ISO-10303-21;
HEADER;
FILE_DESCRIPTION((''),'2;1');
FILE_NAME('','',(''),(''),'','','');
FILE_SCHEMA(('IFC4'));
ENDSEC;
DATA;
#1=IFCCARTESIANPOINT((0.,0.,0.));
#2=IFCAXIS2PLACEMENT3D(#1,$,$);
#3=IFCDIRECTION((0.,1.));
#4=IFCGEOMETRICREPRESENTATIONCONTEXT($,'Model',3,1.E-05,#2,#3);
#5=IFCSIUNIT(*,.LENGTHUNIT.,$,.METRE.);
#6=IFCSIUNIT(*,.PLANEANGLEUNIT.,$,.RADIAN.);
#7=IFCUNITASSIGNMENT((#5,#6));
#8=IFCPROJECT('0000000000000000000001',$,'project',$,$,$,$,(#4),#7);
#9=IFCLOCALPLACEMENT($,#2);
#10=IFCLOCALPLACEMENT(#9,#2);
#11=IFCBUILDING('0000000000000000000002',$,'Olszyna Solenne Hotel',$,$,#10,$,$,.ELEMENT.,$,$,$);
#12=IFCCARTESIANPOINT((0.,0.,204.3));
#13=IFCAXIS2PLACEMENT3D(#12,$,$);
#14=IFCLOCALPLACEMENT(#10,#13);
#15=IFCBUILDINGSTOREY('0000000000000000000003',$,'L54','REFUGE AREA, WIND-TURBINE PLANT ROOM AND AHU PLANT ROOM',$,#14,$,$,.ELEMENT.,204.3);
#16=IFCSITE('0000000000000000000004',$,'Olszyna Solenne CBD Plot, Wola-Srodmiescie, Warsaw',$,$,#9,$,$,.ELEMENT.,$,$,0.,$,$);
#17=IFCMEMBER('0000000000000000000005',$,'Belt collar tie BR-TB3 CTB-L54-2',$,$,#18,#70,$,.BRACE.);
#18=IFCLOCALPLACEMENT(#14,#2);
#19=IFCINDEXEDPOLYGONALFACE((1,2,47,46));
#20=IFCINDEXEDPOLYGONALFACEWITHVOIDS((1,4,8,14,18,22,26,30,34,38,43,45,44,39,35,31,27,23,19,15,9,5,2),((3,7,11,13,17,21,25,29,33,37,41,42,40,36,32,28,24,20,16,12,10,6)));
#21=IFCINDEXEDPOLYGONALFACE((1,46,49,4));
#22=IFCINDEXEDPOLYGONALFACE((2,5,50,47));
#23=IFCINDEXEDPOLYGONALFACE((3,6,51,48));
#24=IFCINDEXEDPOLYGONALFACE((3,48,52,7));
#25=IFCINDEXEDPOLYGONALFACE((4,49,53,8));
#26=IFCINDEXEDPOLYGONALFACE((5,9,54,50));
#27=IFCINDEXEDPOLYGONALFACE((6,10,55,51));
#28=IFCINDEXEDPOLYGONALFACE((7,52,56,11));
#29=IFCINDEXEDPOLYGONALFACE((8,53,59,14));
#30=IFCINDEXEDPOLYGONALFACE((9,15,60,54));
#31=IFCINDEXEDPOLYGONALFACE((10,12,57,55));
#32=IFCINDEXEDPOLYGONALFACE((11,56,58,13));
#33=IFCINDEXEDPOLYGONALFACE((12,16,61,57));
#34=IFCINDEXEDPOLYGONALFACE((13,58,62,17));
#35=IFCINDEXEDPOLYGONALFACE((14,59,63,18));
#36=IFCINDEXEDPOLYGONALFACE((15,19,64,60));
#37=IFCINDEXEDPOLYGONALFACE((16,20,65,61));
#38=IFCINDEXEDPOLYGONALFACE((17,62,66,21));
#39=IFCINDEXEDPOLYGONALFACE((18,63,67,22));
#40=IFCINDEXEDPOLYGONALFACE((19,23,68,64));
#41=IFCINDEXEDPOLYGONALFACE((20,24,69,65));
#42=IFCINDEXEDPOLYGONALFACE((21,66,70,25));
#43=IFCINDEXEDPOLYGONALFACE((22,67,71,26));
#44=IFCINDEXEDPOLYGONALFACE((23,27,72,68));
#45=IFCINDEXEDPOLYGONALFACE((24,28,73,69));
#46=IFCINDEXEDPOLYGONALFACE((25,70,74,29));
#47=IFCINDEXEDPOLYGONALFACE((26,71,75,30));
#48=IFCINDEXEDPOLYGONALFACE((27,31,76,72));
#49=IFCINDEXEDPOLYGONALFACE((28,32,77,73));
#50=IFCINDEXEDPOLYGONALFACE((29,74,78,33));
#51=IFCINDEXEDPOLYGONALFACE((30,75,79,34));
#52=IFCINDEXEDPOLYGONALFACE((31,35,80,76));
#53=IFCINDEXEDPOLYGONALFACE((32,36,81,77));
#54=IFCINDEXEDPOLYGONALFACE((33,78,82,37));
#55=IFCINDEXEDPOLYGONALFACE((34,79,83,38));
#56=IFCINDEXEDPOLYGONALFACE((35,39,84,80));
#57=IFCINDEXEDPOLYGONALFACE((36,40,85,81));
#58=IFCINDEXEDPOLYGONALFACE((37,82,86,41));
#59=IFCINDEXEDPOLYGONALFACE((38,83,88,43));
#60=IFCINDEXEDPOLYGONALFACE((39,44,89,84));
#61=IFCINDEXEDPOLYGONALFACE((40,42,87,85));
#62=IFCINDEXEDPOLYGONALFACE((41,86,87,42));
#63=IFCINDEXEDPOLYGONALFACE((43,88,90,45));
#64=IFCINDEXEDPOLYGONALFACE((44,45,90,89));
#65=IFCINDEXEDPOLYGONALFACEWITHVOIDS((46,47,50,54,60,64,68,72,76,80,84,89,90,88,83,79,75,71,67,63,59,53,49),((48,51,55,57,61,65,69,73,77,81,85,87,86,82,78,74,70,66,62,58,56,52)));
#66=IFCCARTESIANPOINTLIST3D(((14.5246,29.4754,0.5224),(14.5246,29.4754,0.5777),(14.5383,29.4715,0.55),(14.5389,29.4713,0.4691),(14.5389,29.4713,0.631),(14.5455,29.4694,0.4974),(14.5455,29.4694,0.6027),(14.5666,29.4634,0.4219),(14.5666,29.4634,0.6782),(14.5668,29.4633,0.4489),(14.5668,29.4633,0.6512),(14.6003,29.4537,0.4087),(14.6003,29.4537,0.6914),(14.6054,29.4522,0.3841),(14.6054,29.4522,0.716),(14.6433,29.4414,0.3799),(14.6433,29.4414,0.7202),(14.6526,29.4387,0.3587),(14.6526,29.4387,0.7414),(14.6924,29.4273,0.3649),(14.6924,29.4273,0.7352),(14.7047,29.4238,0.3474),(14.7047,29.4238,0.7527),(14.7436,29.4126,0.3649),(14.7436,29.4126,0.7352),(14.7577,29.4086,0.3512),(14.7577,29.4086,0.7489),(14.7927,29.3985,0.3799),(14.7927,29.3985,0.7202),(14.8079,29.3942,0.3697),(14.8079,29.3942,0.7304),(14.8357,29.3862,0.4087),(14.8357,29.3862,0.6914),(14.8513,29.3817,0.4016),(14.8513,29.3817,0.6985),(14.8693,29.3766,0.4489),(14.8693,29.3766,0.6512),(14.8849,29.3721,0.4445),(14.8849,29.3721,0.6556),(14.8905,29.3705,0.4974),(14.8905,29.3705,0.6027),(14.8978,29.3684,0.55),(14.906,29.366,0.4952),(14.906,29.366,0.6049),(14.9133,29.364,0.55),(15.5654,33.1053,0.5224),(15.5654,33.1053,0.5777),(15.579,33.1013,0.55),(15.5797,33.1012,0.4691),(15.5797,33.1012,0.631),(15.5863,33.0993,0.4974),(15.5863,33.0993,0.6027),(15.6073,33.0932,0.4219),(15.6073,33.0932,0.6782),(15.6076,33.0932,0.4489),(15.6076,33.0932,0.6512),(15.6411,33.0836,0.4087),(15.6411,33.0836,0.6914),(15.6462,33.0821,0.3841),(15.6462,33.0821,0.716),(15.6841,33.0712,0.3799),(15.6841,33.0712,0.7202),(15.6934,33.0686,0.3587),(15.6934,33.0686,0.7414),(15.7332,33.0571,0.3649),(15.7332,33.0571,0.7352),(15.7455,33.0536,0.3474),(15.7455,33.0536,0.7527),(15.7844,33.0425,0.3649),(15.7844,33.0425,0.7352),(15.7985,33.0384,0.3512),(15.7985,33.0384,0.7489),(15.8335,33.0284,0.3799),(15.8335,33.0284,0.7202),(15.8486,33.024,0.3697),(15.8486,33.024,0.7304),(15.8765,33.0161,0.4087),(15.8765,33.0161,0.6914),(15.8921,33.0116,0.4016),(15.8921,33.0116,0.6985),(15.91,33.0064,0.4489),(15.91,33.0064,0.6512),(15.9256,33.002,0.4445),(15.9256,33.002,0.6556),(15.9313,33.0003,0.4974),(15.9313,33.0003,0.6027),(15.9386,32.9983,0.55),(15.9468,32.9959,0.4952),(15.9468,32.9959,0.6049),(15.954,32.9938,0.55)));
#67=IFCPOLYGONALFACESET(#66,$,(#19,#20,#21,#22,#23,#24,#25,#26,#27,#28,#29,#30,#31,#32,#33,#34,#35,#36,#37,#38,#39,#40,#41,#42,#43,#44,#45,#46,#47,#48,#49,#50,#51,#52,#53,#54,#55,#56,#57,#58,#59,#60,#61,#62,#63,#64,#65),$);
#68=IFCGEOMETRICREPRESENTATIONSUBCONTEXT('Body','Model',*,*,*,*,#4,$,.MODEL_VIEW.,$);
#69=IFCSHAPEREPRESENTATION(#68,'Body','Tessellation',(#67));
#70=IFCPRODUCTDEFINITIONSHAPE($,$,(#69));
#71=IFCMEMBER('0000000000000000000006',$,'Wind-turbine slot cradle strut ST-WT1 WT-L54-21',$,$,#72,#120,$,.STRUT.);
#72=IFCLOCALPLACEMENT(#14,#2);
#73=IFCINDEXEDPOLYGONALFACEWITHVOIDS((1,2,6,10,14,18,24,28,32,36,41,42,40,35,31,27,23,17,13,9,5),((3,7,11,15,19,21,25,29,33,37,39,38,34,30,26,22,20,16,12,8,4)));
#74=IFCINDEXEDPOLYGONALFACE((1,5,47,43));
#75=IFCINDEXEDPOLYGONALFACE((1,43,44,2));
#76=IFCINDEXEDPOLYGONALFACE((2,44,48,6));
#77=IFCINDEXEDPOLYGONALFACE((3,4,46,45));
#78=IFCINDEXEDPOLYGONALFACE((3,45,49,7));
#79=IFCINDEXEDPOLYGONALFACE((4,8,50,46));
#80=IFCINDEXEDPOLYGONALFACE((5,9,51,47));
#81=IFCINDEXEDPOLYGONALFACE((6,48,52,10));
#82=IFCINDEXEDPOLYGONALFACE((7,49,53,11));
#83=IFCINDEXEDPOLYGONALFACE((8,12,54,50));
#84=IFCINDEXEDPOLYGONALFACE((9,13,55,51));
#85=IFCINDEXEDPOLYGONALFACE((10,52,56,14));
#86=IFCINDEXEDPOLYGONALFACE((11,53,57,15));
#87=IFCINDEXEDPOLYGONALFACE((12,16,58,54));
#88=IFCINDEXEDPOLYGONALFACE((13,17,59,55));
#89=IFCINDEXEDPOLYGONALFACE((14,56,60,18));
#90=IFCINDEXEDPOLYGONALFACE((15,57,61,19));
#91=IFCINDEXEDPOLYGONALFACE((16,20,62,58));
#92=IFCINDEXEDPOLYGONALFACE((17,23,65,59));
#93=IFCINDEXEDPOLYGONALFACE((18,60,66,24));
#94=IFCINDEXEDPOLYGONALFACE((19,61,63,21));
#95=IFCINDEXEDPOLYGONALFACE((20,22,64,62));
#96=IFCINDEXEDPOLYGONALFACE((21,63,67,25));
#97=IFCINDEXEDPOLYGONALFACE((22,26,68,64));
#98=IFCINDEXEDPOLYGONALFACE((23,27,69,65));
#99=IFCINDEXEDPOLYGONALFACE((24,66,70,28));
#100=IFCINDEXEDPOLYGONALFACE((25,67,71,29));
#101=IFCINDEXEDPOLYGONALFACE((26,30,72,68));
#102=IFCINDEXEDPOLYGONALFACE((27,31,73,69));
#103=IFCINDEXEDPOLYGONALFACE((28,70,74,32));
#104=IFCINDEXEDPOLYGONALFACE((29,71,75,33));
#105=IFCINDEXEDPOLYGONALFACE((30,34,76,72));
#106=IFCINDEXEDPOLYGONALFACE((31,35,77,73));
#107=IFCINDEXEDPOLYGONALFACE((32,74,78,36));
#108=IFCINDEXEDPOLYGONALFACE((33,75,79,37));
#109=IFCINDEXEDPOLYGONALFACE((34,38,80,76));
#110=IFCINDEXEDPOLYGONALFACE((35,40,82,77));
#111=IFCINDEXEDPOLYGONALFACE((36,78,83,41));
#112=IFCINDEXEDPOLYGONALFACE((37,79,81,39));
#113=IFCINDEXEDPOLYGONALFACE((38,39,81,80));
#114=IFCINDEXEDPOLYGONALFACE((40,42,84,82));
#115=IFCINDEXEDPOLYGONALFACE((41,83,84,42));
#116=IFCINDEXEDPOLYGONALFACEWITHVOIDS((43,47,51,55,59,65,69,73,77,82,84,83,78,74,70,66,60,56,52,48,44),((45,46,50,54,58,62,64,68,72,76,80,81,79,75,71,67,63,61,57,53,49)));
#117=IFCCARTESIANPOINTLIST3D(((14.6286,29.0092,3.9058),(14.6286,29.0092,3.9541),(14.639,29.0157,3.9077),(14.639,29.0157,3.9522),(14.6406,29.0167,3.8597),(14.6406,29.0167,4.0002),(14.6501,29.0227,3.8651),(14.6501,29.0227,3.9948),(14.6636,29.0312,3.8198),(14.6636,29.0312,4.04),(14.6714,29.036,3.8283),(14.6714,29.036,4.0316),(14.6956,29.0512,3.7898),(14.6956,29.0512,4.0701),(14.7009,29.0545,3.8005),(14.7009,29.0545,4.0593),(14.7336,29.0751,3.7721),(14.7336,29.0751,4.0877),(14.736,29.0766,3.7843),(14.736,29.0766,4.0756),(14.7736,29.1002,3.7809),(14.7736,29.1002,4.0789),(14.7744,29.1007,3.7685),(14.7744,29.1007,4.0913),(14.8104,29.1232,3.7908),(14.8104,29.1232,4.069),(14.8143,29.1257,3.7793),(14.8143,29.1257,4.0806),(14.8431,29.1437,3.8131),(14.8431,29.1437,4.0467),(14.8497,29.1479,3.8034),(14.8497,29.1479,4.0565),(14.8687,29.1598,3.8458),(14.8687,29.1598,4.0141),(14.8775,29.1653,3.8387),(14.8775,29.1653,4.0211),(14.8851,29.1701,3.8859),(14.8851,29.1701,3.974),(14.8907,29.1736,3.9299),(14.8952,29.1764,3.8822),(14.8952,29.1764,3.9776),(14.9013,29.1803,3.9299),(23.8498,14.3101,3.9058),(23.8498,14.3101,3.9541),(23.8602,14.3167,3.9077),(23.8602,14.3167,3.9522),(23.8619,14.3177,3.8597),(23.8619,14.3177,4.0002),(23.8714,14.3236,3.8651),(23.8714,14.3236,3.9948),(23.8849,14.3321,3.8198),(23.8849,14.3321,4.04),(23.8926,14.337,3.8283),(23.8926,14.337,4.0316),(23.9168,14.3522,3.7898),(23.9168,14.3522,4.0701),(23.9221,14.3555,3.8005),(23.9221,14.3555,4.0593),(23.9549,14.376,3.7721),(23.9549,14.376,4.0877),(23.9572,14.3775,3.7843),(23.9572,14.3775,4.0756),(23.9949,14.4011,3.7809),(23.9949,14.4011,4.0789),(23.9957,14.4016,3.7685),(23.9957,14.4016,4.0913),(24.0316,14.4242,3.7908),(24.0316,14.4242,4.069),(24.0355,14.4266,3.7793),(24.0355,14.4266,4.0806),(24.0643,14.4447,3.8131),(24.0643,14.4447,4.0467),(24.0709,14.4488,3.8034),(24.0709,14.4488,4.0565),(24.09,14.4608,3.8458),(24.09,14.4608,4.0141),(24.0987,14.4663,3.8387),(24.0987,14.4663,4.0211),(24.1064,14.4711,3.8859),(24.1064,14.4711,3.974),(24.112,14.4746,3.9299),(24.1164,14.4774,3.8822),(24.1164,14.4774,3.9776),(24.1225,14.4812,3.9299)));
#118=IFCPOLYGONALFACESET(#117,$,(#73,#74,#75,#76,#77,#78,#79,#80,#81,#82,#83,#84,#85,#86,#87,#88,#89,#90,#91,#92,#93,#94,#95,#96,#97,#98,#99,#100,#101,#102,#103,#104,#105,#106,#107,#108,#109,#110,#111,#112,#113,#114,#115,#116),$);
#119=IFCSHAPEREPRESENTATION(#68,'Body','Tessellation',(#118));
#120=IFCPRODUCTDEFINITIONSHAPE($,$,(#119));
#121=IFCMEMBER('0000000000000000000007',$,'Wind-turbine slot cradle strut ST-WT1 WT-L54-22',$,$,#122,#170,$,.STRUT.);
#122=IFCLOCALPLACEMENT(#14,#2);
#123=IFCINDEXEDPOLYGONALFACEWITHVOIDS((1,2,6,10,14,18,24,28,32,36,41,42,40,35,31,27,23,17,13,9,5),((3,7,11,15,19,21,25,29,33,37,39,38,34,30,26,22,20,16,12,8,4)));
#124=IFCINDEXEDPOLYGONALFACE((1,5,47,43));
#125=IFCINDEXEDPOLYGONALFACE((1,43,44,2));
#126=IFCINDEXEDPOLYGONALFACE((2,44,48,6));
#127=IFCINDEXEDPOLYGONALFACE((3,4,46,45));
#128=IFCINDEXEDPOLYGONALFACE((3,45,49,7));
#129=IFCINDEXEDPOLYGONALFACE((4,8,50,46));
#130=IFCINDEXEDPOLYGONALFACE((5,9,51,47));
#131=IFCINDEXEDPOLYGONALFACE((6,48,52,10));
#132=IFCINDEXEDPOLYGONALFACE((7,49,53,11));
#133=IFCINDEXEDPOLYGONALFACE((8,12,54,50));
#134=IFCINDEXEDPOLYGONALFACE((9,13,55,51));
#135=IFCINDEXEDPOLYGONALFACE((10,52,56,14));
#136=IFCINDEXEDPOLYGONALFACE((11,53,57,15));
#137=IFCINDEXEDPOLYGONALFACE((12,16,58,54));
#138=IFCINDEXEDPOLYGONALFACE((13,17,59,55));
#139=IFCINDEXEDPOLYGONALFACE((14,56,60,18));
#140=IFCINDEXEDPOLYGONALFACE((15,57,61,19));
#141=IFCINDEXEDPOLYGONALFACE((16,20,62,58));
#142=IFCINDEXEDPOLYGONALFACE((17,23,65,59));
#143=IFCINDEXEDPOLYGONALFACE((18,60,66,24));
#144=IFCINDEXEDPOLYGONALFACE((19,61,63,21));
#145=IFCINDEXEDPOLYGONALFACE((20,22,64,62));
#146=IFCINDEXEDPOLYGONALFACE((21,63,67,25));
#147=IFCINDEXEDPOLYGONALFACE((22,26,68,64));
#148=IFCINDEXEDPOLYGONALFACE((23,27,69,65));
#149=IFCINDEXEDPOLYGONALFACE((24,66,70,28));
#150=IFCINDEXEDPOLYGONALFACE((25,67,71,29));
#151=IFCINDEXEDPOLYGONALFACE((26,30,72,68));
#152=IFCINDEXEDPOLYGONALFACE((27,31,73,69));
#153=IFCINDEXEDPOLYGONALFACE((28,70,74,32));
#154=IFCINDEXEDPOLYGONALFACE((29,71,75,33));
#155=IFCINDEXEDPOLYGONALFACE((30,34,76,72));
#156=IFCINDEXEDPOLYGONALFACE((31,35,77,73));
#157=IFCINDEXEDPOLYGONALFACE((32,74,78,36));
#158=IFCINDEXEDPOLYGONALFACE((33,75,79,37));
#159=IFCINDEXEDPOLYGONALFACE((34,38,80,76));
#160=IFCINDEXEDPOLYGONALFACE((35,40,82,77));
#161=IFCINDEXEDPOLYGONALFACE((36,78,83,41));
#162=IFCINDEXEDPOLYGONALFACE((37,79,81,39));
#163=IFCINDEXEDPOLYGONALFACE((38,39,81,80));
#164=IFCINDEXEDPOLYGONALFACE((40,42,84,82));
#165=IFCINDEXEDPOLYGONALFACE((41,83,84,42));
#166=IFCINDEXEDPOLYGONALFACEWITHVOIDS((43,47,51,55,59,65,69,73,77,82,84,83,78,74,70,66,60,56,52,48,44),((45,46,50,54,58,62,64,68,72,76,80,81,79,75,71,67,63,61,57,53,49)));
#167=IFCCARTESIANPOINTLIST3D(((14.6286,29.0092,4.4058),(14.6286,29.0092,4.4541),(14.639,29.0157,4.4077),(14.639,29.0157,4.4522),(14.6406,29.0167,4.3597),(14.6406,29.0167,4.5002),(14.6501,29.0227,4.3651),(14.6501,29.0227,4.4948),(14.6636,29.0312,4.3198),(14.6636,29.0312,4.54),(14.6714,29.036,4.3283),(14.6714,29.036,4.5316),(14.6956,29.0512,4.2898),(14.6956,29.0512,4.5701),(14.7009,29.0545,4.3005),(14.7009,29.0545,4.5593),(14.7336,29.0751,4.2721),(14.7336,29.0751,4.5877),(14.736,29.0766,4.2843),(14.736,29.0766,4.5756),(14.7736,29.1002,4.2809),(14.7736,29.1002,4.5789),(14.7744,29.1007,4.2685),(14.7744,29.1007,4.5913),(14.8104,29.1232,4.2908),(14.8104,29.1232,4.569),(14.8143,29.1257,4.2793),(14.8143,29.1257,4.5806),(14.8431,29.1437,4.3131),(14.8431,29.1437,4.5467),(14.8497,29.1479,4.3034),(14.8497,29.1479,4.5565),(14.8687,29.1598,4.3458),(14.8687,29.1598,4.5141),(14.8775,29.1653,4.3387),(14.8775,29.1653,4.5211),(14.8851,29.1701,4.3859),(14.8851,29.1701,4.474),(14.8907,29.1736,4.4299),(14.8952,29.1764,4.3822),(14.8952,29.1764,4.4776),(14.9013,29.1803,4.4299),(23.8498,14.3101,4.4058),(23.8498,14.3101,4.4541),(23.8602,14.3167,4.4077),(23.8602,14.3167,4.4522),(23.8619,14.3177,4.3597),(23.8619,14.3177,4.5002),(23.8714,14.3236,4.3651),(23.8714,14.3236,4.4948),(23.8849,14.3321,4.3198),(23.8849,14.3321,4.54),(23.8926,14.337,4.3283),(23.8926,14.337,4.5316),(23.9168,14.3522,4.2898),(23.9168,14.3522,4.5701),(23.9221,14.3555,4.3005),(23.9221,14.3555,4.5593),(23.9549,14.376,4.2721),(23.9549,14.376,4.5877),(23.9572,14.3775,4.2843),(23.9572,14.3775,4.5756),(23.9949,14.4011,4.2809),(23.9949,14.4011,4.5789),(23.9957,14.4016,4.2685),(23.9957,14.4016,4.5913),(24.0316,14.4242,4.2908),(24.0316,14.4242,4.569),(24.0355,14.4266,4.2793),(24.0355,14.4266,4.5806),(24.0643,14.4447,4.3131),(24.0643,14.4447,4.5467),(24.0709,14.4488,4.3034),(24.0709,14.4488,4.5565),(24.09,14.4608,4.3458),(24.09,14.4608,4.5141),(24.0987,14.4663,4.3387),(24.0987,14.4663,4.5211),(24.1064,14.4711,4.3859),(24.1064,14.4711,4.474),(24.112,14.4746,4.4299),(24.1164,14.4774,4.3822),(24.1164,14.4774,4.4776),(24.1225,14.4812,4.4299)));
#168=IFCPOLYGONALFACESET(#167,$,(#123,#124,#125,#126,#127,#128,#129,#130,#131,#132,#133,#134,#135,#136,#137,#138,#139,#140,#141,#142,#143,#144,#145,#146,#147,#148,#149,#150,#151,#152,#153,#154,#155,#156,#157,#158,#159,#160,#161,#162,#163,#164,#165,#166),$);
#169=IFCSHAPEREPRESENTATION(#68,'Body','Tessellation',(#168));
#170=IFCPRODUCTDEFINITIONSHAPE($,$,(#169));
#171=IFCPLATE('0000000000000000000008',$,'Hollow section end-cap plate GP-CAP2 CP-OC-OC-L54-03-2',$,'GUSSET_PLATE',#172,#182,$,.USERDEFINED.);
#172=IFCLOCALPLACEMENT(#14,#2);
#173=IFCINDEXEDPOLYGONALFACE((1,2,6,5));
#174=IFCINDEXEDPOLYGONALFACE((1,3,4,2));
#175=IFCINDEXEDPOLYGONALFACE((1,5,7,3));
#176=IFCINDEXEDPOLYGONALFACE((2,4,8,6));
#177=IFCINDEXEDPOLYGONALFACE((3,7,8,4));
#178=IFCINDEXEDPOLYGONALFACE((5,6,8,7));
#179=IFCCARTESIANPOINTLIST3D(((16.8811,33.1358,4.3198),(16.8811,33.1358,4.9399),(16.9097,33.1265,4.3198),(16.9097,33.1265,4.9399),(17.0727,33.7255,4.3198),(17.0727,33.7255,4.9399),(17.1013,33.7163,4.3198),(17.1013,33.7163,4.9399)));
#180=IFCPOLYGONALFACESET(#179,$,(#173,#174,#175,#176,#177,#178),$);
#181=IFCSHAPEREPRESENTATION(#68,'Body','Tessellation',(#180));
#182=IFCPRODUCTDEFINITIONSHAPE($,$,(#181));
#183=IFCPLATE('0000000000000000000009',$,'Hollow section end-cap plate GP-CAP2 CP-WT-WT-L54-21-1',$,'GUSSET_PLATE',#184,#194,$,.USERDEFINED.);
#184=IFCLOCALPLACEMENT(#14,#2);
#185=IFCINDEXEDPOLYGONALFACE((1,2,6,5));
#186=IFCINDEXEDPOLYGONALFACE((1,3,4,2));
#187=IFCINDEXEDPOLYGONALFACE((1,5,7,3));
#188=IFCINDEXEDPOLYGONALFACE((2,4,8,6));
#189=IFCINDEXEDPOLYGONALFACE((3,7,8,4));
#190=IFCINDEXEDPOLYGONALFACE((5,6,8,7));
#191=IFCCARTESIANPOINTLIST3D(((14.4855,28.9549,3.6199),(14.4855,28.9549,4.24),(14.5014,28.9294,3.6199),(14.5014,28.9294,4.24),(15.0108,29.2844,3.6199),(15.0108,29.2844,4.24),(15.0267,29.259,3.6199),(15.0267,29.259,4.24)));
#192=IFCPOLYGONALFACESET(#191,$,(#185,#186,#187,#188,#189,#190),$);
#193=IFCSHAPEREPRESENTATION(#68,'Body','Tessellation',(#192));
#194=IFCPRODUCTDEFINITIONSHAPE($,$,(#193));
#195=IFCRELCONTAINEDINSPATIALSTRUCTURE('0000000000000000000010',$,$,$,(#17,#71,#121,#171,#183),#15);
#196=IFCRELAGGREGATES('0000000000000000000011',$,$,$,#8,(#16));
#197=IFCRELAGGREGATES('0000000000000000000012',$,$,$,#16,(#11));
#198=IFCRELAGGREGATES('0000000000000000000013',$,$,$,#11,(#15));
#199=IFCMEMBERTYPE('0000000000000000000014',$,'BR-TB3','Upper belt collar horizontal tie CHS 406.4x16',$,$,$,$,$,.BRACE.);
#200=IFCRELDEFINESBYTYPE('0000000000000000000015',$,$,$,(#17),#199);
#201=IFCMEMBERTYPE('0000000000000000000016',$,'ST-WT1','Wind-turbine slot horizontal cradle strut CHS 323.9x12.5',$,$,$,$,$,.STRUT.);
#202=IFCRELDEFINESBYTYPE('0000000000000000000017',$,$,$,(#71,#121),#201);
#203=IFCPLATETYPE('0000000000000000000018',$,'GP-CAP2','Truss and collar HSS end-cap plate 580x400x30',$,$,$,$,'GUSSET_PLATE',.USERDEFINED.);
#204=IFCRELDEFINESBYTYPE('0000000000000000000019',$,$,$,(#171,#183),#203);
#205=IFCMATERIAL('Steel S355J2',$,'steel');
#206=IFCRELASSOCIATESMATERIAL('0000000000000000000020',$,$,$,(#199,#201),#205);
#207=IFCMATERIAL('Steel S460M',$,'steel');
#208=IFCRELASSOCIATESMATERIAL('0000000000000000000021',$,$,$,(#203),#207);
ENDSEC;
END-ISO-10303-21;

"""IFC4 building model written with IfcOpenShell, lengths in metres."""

from ifc_helpers import new_model, si_unit, direction, frame, origin, origin_2d, place, context, subcontext, project, spatial, rectangle, hollow_circle, extrude, source, transform, mapped, material, material_profile, profile_set, type_object, element, save


model = new_model("IFC4")

# Units and contexts
model_context = context("Model", 3, precision=1e-05, world=origin(), true_north=direction((0.0, 1.0)))
body_context = subcontext(model_context, "Body", "Model", "MODEL_VIEW")
ifc_project = project(units=[si_unit("LENGTHUNIT", "METRE"), si_unit("PLANEANGLEUNIT", "RADIAN")], contexts=[model_context])

# Site, building, storey
site_placement = place(None, origin())
site = spatial("IfcSite", under=ifc_project, at=site_placement, Name="Olszyna Solenne CBD Plot, Wola-Srodmiescie, Warsaw", CompositionType="ELEMENT", RefElevation=0.0)
building_placement = place(site_placement, origin())
building = spatial("IfcBuilding", under=site, at=building_placement, Name="Olszyna Solenne Hotel", CompositionType="ELEMENT")
storey_placement = place(building_placement, frame((0.0, 0.0, 204.3)))
storey = spatial("IfcBuildingStorey", under=building, at=storey_placement, Name="L54", Description="REFUGE AREA, WIND-TURBINE PLANT ROOM AND AHU PLANT ROOM", CompositionType="ELEMENT", Elevation=204.3)

# Shared definitions
ifc_material_1 = material(Name="Steel S460M", Category="steel")

# Shared definitions
ifc_material_2 = material(Name="Steel S355J2", Category="steel")

# Members
ifc_material_profile_1 = material_profile(ifc_material_2, hollow_circle(Radius=0.2031, WallThickness=0.0161, at=origin_2d()), Name="CHS 406.4x16", Category="load-bearing")
ifc_profile_set_1 = profile_set([ifc_material_profile_1], Name="Steel S355J2")
member_type_1 = type_object("IfcMemberType", Name="BR-TB3", Description="Upper belt collar horizontal tie CHS 406.4x16", PredefinedType="BRACE", material=ifc_profile_set_1)
shared_shape_1 = source(origin(), body_context, "Body", "SweptSolid", [
    extrude(hollow_circle(Radius=0.2031, WallThickness=0.0161, at=origin_2d()), origin(), (0.0, 0.0, 1.0), 3.7761),
])
member_1_placement = place(storey_placement, frame((15.7588, 33.0498, 0.55), z_axis=(-0.275618, -0.961267, 0.0), x_axis=(0.961267, -0.275618, 0.0)))
element("IfcMember", 1, at=member_1_placement, inside=storey, type_object=member_type_1, Name="Belt collar tie BR-TB3 CTB-L54-2", PredefinedType="BRACE", context=body_context, shape_type="MappedRepresentation", body=[
    mapped(shared_shape_1, transform((0.0, 0.0, 0.0), x_axis=(1.0, 0.0, 0.0), y_axis=(0.0, 1.0, 0.0), z_axis=(0.0, 0.0, 1.0), scale=1.0)),
])
ifc_material_profile_2 = material_profile(ifc_material_2, hollow_circle(Radius=0.1619, WallThickness=0.0125, at=origin_2d()), Name="CHS 323.9x12.5", Category="load-bearing")
ifc_profile_set_2 = profile_set([ifc_material_profile_2], Name="Steel S355J2")
member_type_2 = type_object("IfcMemberType", Name="ST-WT1", Description="Wind-turbine slot horizontal cradle strut CHS 323.9x12.5", PredefinedType="STRUT", material=ifc_profile_set_2)
shared_shape_2 = source(origin(), body_context, "Body", "SweptSolid", [
    extrude(hollow_circle(Radius=0.1619, WallThickness=0.0125, at=origin_2d()), origin(), (0.0, 0.0, 1.0), 17.3521),
])
for number, where, z_axis, x_axis, name in (
    (2, (14.7642, 29.0942, 3.9299), (0.531421, -0.847108, 0.0), (0.847108, 0.531421, 0.0), "Wind-turbine slot cradle strut ST-WT1 WT-L54-21"),
    (3, (14.7642, 29.0942, 4.4299), (0.531421, -0.847108, 0.0), (0.847108, 0.531421, 0.0), "Wind-turbine slot cradle strut ST-WT1 WT-L54-22"),
):
    element("IfcMember", number, at=place(storey_placement, frame(where, z_axis=z_axis, x_axis=x_axis)), inside=storey, type_object=member_type_2, Name=name, PredefinedType="STRUT", context=body_context, shape_type="MappedRepresentation", body=[
        mapped(shared_shape_2, transform((0.0, 0.0, 0.0), x_axis=(1.0, 0.0, 0.0), y_axis=(0.0, 1.0, 0.0), z_axis=(0.0, 0.0, 1.0), scale=1.0)),
    ])

# Plates
plate_type_1 = type_object("IfcPlateType", Name="GP-CAP2", Description="Truss and collar HSS end-cap plate 580x400x30", ElementType="GUSSET_PLATE", PredefinedType="USERDEFINED", material=ifc_material_1)
shared_shape_3 = source(origin(), body_context, "Body", "SweptSolid", [
    extrude(rectangle(XDim=0.03, YDim=0.6201, at=origin_2d()), origin(), (0.0, 0.0, 1.0), 0.6201),
])
for number, where, z_axis, x_axis, name in (
    (4, (16.9912, 33.426, 4.3198), (0.0, 0.0, 1.0), (-0.951057, 0.309017, 0.0), "Hollow section end-cap plate GP-CAP2 CP-OC-OC-L54-03-2"),
    (5, (14.7561, 29.1069, 3.6199), (0.0, 0.0, 1.0), (0.531399, -0.847122, 0.0), "Hollow section end-cap plate GP-CAP2 CP-WT-WT-L54-21-1"),
):
    element("IfcPlate", number, at=place(storey_placement, frame(where, z_axis=z_axis, x_axis=x_axis)), inside=storey, type_object=plate_type_1, Name=name, ObjectType="GUSSET_PLATE", PredefinedType="USERDEFINED", context=body_context, shape_type="MappedRepresentation", body=[
        mapped(shared_shape_3, transform((0.0, 0.0, 0.0), x_axis=(1.0, 0.0, 0.0), y_axis=(0.0, 1.0, 0.0), z_axis=(0.0, 0.0, 1.0), scale=1.0)),
    ])

save(model, "model.ifc")
